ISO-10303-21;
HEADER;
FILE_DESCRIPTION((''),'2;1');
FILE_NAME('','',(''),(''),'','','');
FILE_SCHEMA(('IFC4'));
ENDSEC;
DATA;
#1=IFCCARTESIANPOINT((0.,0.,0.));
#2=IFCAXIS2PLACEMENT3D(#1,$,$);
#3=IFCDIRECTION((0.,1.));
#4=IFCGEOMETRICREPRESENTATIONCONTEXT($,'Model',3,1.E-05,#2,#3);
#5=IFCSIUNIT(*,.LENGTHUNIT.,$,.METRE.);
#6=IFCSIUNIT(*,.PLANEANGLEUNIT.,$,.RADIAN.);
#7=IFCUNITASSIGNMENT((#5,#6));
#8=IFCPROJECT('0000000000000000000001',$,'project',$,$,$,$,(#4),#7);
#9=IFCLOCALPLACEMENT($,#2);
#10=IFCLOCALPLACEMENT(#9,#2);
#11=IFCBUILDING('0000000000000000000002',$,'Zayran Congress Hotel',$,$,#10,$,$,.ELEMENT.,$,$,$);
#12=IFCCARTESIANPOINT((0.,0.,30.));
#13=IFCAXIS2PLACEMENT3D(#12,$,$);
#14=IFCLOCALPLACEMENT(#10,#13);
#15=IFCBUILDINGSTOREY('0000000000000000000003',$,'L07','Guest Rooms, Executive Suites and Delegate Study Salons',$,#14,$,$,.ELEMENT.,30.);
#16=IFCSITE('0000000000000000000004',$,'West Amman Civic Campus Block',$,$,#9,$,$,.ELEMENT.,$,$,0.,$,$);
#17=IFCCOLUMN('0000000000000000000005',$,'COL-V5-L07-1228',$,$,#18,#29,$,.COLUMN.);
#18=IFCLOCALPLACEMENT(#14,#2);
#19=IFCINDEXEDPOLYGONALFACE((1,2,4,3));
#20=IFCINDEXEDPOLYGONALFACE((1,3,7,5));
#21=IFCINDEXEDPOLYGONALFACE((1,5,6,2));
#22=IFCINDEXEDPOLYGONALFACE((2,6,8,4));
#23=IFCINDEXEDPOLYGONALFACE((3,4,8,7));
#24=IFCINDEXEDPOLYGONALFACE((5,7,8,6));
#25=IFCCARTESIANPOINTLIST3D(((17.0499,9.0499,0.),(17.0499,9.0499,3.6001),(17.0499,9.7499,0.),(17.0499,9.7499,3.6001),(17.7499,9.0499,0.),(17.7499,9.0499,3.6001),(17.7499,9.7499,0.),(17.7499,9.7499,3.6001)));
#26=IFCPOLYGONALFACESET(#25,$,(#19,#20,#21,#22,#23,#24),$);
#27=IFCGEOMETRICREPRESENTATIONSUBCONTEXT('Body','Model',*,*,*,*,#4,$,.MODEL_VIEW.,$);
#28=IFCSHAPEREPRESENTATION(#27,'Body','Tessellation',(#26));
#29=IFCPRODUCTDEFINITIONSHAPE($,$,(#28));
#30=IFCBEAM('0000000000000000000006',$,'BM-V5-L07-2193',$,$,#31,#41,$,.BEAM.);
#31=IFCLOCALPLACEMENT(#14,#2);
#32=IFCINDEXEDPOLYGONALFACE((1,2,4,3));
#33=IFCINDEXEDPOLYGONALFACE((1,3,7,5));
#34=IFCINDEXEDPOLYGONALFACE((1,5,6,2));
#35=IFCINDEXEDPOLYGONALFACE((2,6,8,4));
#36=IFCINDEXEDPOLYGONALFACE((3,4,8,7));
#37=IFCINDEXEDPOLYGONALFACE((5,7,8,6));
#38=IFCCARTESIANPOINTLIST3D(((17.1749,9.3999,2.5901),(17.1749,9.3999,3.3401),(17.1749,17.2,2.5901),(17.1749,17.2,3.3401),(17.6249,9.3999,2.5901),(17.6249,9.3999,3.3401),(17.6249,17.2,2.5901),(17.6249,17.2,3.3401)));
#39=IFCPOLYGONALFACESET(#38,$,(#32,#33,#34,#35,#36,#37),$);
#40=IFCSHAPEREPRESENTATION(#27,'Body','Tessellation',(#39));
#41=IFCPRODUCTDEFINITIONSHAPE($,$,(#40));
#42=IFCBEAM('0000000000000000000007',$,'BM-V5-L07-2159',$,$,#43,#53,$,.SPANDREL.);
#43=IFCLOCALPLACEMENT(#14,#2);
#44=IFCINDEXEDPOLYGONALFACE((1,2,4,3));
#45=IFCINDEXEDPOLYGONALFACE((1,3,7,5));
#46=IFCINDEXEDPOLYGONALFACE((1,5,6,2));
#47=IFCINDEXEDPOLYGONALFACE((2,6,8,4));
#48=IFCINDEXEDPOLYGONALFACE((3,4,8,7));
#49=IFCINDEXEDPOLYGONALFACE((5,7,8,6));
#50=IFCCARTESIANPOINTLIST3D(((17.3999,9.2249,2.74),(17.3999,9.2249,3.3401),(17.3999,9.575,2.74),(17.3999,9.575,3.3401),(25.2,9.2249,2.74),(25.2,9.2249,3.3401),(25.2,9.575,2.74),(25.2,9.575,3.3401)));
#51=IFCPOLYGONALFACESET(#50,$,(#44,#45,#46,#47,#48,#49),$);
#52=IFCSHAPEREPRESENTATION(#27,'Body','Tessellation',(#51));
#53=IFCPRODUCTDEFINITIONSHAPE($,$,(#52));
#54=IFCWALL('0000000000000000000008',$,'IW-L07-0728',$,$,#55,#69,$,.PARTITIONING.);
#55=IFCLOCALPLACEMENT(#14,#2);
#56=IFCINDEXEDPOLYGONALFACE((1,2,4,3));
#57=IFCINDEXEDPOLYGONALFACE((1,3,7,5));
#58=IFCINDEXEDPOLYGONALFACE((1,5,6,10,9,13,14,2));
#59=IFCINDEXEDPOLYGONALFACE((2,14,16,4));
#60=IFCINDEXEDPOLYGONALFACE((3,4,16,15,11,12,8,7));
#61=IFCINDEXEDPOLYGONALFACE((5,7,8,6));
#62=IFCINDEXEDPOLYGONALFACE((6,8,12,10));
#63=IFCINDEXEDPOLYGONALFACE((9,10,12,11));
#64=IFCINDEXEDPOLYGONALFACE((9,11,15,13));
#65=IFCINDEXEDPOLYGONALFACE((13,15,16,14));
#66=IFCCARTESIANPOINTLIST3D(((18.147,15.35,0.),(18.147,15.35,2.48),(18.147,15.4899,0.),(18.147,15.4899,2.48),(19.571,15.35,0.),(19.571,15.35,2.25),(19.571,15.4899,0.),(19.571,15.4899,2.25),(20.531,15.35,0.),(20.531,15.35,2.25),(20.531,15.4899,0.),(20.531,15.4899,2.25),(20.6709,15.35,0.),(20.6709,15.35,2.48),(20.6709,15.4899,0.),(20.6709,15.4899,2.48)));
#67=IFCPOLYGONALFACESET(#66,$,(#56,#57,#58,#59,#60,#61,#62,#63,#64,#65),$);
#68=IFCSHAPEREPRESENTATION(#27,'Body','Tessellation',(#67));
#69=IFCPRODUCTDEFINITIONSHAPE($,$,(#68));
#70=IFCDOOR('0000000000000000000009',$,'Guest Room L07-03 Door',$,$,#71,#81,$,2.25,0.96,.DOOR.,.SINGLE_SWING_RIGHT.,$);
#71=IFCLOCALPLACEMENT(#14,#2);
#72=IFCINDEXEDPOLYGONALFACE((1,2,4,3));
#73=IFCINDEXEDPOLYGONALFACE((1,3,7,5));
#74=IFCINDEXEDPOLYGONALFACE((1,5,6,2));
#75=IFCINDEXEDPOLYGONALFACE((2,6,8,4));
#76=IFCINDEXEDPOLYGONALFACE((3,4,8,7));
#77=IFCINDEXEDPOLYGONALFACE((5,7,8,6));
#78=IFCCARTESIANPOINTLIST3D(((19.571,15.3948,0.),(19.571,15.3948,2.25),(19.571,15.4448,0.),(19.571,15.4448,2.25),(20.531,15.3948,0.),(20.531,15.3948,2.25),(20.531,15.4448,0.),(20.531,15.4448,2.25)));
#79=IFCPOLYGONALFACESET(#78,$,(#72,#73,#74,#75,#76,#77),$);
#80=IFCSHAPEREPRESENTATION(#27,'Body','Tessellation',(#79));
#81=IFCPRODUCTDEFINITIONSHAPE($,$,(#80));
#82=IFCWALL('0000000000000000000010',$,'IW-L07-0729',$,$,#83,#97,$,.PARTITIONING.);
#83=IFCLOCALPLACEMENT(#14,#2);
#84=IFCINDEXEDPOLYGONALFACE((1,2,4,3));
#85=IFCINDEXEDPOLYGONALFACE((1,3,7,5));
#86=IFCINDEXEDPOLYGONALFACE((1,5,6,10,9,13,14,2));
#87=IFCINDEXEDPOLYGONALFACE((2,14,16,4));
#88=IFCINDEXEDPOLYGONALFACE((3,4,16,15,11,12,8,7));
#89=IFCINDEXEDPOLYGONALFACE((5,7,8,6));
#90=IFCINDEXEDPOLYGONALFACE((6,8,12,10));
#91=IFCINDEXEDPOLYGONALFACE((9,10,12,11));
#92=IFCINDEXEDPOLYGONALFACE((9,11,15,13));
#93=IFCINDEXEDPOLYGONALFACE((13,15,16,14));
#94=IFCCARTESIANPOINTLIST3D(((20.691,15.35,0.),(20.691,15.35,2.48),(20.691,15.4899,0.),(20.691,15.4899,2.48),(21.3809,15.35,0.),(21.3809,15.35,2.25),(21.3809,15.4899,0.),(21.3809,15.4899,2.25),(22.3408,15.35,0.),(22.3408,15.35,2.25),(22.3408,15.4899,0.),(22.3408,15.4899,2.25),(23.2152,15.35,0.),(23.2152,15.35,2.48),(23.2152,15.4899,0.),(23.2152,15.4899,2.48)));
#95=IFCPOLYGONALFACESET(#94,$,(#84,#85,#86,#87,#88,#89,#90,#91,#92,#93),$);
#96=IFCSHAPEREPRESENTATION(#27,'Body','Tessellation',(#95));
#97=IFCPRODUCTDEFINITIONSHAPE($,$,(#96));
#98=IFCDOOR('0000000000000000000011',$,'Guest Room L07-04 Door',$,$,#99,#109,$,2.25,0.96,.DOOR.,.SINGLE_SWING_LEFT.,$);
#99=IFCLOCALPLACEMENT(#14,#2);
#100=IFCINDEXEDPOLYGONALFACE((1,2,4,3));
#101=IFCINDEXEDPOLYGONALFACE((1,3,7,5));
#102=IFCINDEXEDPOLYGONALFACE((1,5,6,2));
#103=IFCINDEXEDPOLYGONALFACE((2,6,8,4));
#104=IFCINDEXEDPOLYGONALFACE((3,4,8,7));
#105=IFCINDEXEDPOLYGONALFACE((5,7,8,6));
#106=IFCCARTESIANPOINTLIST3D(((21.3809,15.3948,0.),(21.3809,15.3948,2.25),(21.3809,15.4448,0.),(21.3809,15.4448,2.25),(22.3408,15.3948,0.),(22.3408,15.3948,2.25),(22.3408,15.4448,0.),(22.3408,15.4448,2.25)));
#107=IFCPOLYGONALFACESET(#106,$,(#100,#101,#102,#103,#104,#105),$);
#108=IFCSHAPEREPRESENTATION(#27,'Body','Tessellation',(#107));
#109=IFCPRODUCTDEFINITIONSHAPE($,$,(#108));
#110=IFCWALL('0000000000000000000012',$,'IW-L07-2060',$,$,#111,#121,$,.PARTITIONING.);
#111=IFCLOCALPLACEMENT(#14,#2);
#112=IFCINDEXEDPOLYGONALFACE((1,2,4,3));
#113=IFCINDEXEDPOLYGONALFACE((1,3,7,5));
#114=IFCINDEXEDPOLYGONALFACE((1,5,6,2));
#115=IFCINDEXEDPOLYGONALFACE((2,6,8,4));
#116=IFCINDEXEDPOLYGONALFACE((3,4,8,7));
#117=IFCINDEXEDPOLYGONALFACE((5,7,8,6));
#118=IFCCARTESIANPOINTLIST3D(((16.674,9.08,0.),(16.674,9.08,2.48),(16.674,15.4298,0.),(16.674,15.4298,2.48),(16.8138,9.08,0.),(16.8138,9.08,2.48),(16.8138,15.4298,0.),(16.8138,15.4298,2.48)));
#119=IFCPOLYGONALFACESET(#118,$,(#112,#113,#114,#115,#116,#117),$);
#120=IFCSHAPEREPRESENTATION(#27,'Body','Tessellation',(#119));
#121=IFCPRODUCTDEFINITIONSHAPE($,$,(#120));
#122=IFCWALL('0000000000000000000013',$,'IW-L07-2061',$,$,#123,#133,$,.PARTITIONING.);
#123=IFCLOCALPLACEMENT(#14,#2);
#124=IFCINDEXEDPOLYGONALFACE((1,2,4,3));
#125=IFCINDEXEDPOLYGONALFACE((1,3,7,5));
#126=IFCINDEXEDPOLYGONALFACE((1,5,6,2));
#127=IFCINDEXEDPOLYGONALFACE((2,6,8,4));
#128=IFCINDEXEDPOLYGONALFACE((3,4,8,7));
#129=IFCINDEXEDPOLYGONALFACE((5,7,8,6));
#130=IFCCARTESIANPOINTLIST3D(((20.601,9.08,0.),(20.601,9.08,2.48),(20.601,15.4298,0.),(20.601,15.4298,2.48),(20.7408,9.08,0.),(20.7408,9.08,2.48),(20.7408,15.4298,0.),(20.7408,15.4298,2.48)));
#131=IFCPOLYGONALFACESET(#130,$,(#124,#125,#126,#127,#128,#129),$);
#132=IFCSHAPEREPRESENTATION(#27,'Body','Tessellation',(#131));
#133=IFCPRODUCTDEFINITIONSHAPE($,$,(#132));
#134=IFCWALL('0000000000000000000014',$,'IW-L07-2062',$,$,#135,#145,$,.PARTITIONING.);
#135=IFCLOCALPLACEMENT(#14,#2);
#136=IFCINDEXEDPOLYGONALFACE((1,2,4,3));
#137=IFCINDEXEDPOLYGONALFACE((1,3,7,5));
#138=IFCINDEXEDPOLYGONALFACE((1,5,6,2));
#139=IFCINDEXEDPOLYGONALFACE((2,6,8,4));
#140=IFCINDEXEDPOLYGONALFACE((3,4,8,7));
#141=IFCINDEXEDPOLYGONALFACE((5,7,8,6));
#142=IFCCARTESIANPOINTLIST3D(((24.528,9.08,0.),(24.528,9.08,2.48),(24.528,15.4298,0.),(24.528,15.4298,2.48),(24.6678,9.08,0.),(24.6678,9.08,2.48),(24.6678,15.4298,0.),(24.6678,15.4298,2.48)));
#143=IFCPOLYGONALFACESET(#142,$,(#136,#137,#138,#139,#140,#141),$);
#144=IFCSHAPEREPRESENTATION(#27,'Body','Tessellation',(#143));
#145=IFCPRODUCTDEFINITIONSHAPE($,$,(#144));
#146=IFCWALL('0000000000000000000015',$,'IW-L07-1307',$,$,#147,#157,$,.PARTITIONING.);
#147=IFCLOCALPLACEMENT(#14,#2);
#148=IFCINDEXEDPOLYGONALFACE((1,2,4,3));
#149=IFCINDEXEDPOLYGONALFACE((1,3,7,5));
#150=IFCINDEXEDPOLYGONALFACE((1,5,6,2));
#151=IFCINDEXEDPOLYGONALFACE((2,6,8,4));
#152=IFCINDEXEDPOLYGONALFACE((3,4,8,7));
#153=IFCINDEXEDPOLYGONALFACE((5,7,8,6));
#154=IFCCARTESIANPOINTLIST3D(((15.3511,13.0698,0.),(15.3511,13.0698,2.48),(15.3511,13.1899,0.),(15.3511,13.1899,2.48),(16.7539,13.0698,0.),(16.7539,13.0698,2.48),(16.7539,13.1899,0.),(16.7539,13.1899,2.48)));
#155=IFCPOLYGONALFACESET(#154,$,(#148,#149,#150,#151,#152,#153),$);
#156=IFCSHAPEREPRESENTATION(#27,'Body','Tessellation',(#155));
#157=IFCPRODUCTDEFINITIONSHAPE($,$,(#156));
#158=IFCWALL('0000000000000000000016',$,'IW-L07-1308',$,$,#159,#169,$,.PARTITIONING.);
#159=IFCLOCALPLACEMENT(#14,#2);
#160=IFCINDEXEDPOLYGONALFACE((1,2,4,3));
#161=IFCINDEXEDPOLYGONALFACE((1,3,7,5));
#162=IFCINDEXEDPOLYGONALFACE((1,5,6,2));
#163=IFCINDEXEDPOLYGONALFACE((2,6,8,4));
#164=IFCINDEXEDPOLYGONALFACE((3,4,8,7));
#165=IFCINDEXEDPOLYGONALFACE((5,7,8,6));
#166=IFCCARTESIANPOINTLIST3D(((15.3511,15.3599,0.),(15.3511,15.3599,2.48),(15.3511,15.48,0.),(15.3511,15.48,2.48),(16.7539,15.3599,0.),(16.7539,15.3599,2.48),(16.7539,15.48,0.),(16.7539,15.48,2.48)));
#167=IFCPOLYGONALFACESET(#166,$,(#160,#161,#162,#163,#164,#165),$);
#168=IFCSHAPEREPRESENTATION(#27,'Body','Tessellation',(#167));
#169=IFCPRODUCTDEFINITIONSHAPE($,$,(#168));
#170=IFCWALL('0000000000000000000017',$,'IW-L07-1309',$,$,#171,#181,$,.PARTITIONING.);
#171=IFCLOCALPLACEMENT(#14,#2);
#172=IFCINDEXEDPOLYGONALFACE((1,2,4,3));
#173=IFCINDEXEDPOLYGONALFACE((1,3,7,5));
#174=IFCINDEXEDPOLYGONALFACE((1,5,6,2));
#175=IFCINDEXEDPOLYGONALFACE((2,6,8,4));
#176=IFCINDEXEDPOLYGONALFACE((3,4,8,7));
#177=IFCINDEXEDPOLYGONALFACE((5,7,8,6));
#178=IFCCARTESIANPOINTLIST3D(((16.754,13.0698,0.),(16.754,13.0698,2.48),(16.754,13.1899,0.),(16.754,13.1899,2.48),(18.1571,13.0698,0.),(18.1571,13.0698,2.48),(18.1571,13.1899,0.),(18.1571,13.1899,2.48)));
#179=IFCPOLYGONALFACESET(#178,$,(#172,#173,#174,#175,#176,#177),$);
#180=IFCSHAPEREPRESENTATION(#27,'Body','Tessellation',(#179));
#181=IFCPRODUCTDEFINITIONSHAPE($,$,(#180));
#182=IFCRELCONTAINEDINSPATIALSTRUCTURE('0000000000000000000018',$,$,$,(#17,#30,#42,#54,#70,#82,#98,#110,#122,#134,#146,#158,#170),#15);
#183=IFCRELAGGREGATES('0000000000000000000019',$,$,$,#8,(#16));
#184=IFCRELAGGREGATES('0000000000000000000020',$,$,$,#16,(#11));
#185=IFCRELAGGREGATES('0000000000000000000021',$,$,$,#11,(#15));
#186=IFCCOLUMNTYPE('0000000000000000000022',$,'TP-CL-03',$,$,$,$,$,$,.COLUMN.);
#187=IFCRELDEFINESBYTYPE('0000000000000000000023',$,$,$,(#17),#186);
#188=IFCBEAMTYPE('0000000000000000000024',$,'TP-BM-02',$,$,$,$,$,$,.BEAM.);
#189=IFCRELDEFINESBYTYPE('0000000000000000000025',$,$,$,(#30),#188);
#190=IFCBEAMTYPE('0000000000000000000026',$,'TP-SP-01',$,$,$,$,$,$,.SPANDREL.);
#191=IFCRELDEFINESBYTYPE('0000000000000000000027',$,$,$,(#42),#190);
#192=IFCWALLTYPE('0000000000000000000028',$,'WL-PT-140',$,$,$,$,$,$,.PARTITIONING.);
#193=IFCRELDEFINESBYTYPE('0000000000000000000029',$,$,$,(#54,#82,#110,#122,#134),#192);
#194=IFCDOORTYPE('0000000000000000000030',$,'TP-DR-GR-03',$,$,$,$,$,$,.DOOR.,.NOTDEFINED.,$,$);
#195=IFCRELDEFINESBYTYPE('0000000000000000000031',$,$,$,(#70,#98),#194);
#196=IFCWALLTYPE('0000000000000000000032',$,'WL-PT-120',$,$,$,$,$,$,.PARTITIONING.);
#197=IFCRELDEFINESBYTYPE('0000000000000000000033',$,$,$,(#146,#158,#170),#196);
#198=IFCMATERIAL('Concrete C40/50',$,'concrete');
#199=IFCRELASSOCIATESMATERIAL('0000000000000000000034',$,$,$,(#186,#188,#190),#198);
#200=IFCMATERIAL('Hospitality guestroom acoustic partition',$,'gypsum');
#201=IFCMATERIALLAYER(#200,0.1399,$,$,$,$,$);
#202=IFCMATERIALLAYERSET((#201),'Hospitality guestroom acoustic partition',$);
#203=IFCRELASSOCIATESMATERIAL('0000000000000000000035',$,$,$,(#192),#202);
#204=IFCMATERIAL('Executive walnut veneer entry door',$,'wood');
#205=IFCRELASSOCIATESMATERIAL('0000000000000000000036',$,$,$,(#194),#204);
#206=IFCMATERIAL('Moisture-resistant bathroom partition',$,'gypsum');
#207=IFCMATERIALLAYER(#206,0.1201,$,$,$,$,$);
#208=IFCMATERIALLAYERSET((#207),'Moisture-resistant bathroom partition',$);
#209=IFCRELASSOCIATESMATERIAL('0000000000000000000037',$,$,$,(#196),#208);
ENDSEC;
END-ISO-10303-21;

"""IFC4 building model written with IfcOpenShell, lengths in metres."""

from ifc_helpers import new_model, si_unit, direction, frame, frame_2d, origin, origin_2d, place, context, subcontext, project, spatial, rectangle, extrude, material, layer, layer_set, material_profile, profile_set, type_object, element, fill, save


model = new_model("IFC4")

# Units and contexts
model_context = context("Model", 3, precision=1e-05, world=origin(), true_north=direction((0.0, 1.0)))
body_context = subcontext(model_context, "Body", "Model", "MODEL_VIEW")
ifc_project = project(units=[si_unit("LENGTHUNIT", "METRE"), si_unit("PLANEANGLEUNIT", "RADIAN")], contexts=[model_context])

# Site, building, storey
site_placement = place(None, origin())
site = spatial("IfcSite", under=ifc_project, at=site_placement, Name="West Amman Civic Campus Block", CompositionType="ELEMENT", RefElevation=0.0)
building_placement = place(site_placement, origin())
building = spatial("IfcBuilding", under=site, at=building_placement, Name="Zayran Congress Hotel", CompositionType="ELEMENT")
storey_placement = place(building_placement, frame((0.0, 0.0, 30.0)))
storey = spatial("IfcBuildingStorey", under=building, at=storey_placement, Name="L07", Description="Guest Rooms, Executive Suites and Delegate Study Salons", CompositionType="ELEMENT", Elevation=30.0)

# Column
ifc_material_1 = material(Name="Concrete C40/50", Category="concrete")
ifc_material_profile_1 = material_profile(ifc_material_1, rectangle(XDim=0.7, YDim=0.7, at=origin_2d()), Name="RC 700x700")
ifc_profile_set_1 = profile_set([ifc_material_profile_1], Name="Concrete C40/50")
column_type = type_object("IfcColumnType", Name="TP-CL-03", PredefinedType="COLUMN", material=ifc_profile_set_1)
column_placement = place(storey_placement, frame((17.3999, 9.3999, 0.0), z_axis=(0.0, 0.0, 1.0), x_axis=(1.0, 0.0, 0.0)))
element("IfcColumn", 1, at=column_placement, inside=storey, type_object=column_type, Name="COL-V5-L07-1228", PredefinedType="COLUMN", context=body_context, shape_type="SweptSolid", body=[
    extrude(rectangle(XDim=0.7, YDim=0.7, at=origin_2d()), origin(), (0.0, 0.0, 1.0), 3.6001),
])

# Beams
ifc_material_profile_2 = material_profile(ifc_material_1, rectangle(XDim=0.45, YDim=0.75, at=origin_2d()), Name="RC 450x750")
ifc_profile_set_2 = profile_set([ifc_material_profile_2], Name="Concrete C40/50")
beam_type_1 = type_object("IfcBeamType", Name="TP-BM-02", PredefinedType="BEAM", material=ifc_profile_set_2)
beam_1_placement = place(storey_placement, frame((17.3999, 9.3999, 2.9651), z_axis=(0.0, 1.0, 0.0), x_axis=(-1.0, 0.0, 0.0)))
element("IfcBeam", 2, at=beam_1_placement, inside=storey, type_object=beam_type_1, Name="BM-V5-L07-2193", PredefinedType="BEAM", context=body_context, shape_type="SweptSolid", body=[
    extrude(rectangle(XDim=0.45, YDim=0.75, at=origin_2d()), origin(), (0.0, 0.0, 1.0), 7.8),
])
ifc_material_profile_3 = material_profile(ifc_material_1, rectangle(XDim=0.3501, YDim=0.6001, at=origin_2d()), Name="RC 350x600")
ifc_profile_set_3 = profile_set([ifc_material_profile_3], Name="Concrete C40/50")
beam_type_2 = type_object("IfcBeamType", Name="TP-SP-01", PredefinedType="SPANDREL", material=ifc_profile_set_3)
beam_2_placement = place(storey_placement, frame((17.3999, 9.3999, 3.04), z_axis=(1.0, 0.0, 0.0), x_axis=(0.0, 1.0, 0.0)))
element("IfcBeam", 3, at=beam_2_placement, inside=storey, type_object=beam_type_2, Name="BM-V5-L07-2159", PredefinedType="SPANDREL", context=body_context, shape_type="SweptSolid", body=[
    extrude(rectangle(XDim=0.3501, YDim=0.6001, at=origin_2d()), origin(), (0.0, 0.0, 1.0), 7.8),
])

# Walls, openings, doors
ifc_material_2 = material(Name="Hospitality guestroom acoustic partition", Category="gypsum")
ifc_layer_1 = layer(ifc_material_2, 0.1399)
ifc_layer_set_1 = layer_set([ifc_layer_1], Name="Hospitality guestroom acoustic partition")
wall_type_1 = type_object("IfcWallType", Name="WL-PT-140", PredefinedType="PARTITIONING", material=ifc_layer_set_1)
wall_1_placement = place(storey_placement, frame((18.147, 15.4199, 0.0), z_axis=(0.0, 0.0, 1.0), x_axis=(1.0, 0.0, 0.0)))
wall_1 = element("IfcWall", 4, at=wall_1_placement, inside=storey, type_object=wall_type_1, Name="IW-L07-0728", PredefinedType="PARTITIONING", context=body_context, shape_type="SweptSolid", body=[
    extrude(rectangle(XDim=2.5239, YDim=0.1399, at=frame_2d((1.262, 0.0))), origin(), (0.0, 0.0, 1.0), 2.48),
])
opening_1_placement = place(wall_1_placement, frame((1.4241, 0.0, 0.0)))
opening_1 = element("IfcOpeningElement", 5, at=opening_1_placement, cuts=wall_1, PredefinedType="OPENING", context=body_context, shape_type="SweptSolid", body=[
    extrude(rectangle(XDim=0.96, YDim=2.25, at=frame_2d((0.48, 1.125))), frame((0.0, 0.0798, 0.0), z_axis=(0.0, -1.0, 0.0), x_axis=(1.0, 0.0, 0.0)), (0.0, 0.0, 1.0), 0.1599),
])
ifc_material_3 = material(Name="Executive walnut veneer entry door", Category="wood")
door_type_1 = type_object("IfcDoorType", Name="TP-DR-GR-03", OperationType="NOTDEFINED", PredefinedType="DOOR", material=ifc_material_3)
door_1_placement = place(opening_1_placement, origin())
door_1 = element("IfcDoor", 6, at=door_1_placement, inside=storey, type_object=door_type_1, Name="Guest Room L07-03 Door", OperationType="SINGLE_SWING_RIGHT", OverallHeight=2.25, OverallWidth=0.96, PredefinedType="DOOR", context=body_context, shape_type="SweptSolid", body=[
    extrude(rectangle(XDim=0.96, YDim=2.25, at=frame_2d((0.48, 1.125))), frame((0.0, 0.0249, 0.0), z_axis=(0.0, -1.0, 0.0), x_axis=(1.0, 0.0, 0.0)), (0.0, 0.0, 1.0), 0.05),
])
fill(opening_1, door_1)
wall_2_placement = place(storey_placement, frame((20.6909, 15.4199, 0.0), z_axis=(0.0, 0.0, 1.0), x_axis=(1.0, 0.0, 0.0)))
wall_2 = element("IfcWall", 7, at=wall_2_placement, inside=storey, type_object=wall_type_1, Name="IW-L07-0729", PredefinedType="PARTITIONING", context=body_context, shape_type="SweptSolid", body=[
    extrude(rectangle(XDim=2.5242, YDim=0.1399, at=frame_2d((1.2622, 0.0))), origin(), (0.0, 0.0, 1.0), 2.48),
])
opening_2_placement = place(wall_2_placement, frame((0.6899, 0.0, 0.0)))
opening_2 = element("IfcOpeningElement", 8, at=opening_2_placement, cuts=wall_2, PredefinedType="OPENING", context=body_context, shape_type="SweptSolid", body=[
    extrude(rectangle(XDim=0.96, YDim=2.25, at=frame_2d((0.48, 1.125))), frame((0.0, 0.0798, 0.0), z_axis=(0.0, -1.0, 0.0), x_axis=(1.0, 0.0, 0.0)), (0.0, 0.0, 1.0), 0.1599),
])
door_2_placement = place(opening_2_placement, origin())
door_2 = element("IfcDoor", 9, at=door_2_placement, inside=storey, type_object=door_type_1, Name="Guest Room L07-04 Door", OperationType="SINGLE_SWING_LEFT", OverallHeight=2.25, OverallWidth=0.96, PredefinedType="DOOR", context=body_context, shape_type="SweptSolid", body=[
    extrude(rectangle(XDim=0.96, YDim=2.25, at=frame_2d((0.48, 1.125))), frame((0.0, 0.0249, 0.0), z_axis=(0.0, -1.0, 0.0), x_axis=(1.0, 0.0, 0.0)), (0.0, 0.0, 1.0), 0.05),
])
fill(opening_2, door_2)

# Walls
for number, where, z_axis, x_axis, name in (
    (10, (16.7439, 9.0801, 0.0), (0.0, 0.0, 1.0), (0.0, 1.0, 0.0), "IW-L07-2060"),
    (11, (20.6709, 9.0801, 0.0), (0.0, 0.0, 1.0), (0.0, 1.0, 0.0), "IW-L07-2061"),
    (12, (24.5979, 9.0801, 0.0), (0.0, 0.0, 1.0), (0.0, 1.0, 0.0), "IW-L07-2062"),
):
    element("IfcWall", number, at=place(storey_placement, frame(where, z_axis=z_axis, x_axis=x_axis)), inside=storey, type_object=wall_type_1, Name=name, PredefinedType="PARTITIONING", context=body_context, shape_type="SweptSolid", body=[
        extrude(rectangle(XDim=6.3499, YDim=0.1399, at=frame_2d((3.1748, 0.0))), origin(), (0.0, 0.0, 1.0), 2.48),
    ])

# Shared definitions
ifc_material_4 = material(Name="Moisture-resistant bathroom partition", Category="gypsum")
ifc_layer_2 = layer(ifc_material_4, 0.1201)
ifc_layer_set_2 = layer_set([ifc_layer_2], Name="Moisture-resistant bathroom partition")
wall_type_2 = type_object("IfcWallType", Name="WL-PT-120", PredefinedType="PARTITIONING", material=ifc_layer_set_2)

# Walls
for number, where, z_axis, x_axis, name in (
    (13, (15.3511, 13.1299, 0.0), (0.0, 0.0, 1.0), (1.0, 0.0, 0.0), "IW-L07-1307"),
    (14, (15.3511, 15.4199, 0.0), (0.0, 0.0, 1.0), (1.0, 0.0, 0.0), "IW-L07-1308"),
):
    element("IfcWall", number, at=place(storey_placement, frame(where, z_axis=z_axis, x_axis=x_axis)), inside=storey, type_object=wall_type_2, Name=name, PredefinedType="PARTITIONING", context=body_context, shape_type="SweptSolid", body=[
        extrude(rectangle(XDim=1.4028, YDim=0.1201, at=frame_2d((0.7014, 0.0))), origin(), (0.0, 0.0, 1.0), 2.48),
    ])
for number, where, z_axis, x_axis, name in (
    (15, (16.7539, 13.1299, 0.0), (0.0, 0.0, 1.0), (1.0, 0.0, 0.0), "IW-L07-1309"),
):
    element("IfcWall", number, at=place(storey_placement, frame(where, z_axis=z_axis, x_axis=x_axis)), inside=storey, type_object=wall_type_2, Name=name, PredefinedType="PARTITIONING", context=body_context, shape_type="SweptSolid", body=[
        extrude(rectangle(XDim=1.4031, YDim=0.1201, at=frame_2d((0.7017, 0.0))), origin(), (0.0, 0.0, 1.0), 2.48),
    ])

save(model, "model.ifc")
